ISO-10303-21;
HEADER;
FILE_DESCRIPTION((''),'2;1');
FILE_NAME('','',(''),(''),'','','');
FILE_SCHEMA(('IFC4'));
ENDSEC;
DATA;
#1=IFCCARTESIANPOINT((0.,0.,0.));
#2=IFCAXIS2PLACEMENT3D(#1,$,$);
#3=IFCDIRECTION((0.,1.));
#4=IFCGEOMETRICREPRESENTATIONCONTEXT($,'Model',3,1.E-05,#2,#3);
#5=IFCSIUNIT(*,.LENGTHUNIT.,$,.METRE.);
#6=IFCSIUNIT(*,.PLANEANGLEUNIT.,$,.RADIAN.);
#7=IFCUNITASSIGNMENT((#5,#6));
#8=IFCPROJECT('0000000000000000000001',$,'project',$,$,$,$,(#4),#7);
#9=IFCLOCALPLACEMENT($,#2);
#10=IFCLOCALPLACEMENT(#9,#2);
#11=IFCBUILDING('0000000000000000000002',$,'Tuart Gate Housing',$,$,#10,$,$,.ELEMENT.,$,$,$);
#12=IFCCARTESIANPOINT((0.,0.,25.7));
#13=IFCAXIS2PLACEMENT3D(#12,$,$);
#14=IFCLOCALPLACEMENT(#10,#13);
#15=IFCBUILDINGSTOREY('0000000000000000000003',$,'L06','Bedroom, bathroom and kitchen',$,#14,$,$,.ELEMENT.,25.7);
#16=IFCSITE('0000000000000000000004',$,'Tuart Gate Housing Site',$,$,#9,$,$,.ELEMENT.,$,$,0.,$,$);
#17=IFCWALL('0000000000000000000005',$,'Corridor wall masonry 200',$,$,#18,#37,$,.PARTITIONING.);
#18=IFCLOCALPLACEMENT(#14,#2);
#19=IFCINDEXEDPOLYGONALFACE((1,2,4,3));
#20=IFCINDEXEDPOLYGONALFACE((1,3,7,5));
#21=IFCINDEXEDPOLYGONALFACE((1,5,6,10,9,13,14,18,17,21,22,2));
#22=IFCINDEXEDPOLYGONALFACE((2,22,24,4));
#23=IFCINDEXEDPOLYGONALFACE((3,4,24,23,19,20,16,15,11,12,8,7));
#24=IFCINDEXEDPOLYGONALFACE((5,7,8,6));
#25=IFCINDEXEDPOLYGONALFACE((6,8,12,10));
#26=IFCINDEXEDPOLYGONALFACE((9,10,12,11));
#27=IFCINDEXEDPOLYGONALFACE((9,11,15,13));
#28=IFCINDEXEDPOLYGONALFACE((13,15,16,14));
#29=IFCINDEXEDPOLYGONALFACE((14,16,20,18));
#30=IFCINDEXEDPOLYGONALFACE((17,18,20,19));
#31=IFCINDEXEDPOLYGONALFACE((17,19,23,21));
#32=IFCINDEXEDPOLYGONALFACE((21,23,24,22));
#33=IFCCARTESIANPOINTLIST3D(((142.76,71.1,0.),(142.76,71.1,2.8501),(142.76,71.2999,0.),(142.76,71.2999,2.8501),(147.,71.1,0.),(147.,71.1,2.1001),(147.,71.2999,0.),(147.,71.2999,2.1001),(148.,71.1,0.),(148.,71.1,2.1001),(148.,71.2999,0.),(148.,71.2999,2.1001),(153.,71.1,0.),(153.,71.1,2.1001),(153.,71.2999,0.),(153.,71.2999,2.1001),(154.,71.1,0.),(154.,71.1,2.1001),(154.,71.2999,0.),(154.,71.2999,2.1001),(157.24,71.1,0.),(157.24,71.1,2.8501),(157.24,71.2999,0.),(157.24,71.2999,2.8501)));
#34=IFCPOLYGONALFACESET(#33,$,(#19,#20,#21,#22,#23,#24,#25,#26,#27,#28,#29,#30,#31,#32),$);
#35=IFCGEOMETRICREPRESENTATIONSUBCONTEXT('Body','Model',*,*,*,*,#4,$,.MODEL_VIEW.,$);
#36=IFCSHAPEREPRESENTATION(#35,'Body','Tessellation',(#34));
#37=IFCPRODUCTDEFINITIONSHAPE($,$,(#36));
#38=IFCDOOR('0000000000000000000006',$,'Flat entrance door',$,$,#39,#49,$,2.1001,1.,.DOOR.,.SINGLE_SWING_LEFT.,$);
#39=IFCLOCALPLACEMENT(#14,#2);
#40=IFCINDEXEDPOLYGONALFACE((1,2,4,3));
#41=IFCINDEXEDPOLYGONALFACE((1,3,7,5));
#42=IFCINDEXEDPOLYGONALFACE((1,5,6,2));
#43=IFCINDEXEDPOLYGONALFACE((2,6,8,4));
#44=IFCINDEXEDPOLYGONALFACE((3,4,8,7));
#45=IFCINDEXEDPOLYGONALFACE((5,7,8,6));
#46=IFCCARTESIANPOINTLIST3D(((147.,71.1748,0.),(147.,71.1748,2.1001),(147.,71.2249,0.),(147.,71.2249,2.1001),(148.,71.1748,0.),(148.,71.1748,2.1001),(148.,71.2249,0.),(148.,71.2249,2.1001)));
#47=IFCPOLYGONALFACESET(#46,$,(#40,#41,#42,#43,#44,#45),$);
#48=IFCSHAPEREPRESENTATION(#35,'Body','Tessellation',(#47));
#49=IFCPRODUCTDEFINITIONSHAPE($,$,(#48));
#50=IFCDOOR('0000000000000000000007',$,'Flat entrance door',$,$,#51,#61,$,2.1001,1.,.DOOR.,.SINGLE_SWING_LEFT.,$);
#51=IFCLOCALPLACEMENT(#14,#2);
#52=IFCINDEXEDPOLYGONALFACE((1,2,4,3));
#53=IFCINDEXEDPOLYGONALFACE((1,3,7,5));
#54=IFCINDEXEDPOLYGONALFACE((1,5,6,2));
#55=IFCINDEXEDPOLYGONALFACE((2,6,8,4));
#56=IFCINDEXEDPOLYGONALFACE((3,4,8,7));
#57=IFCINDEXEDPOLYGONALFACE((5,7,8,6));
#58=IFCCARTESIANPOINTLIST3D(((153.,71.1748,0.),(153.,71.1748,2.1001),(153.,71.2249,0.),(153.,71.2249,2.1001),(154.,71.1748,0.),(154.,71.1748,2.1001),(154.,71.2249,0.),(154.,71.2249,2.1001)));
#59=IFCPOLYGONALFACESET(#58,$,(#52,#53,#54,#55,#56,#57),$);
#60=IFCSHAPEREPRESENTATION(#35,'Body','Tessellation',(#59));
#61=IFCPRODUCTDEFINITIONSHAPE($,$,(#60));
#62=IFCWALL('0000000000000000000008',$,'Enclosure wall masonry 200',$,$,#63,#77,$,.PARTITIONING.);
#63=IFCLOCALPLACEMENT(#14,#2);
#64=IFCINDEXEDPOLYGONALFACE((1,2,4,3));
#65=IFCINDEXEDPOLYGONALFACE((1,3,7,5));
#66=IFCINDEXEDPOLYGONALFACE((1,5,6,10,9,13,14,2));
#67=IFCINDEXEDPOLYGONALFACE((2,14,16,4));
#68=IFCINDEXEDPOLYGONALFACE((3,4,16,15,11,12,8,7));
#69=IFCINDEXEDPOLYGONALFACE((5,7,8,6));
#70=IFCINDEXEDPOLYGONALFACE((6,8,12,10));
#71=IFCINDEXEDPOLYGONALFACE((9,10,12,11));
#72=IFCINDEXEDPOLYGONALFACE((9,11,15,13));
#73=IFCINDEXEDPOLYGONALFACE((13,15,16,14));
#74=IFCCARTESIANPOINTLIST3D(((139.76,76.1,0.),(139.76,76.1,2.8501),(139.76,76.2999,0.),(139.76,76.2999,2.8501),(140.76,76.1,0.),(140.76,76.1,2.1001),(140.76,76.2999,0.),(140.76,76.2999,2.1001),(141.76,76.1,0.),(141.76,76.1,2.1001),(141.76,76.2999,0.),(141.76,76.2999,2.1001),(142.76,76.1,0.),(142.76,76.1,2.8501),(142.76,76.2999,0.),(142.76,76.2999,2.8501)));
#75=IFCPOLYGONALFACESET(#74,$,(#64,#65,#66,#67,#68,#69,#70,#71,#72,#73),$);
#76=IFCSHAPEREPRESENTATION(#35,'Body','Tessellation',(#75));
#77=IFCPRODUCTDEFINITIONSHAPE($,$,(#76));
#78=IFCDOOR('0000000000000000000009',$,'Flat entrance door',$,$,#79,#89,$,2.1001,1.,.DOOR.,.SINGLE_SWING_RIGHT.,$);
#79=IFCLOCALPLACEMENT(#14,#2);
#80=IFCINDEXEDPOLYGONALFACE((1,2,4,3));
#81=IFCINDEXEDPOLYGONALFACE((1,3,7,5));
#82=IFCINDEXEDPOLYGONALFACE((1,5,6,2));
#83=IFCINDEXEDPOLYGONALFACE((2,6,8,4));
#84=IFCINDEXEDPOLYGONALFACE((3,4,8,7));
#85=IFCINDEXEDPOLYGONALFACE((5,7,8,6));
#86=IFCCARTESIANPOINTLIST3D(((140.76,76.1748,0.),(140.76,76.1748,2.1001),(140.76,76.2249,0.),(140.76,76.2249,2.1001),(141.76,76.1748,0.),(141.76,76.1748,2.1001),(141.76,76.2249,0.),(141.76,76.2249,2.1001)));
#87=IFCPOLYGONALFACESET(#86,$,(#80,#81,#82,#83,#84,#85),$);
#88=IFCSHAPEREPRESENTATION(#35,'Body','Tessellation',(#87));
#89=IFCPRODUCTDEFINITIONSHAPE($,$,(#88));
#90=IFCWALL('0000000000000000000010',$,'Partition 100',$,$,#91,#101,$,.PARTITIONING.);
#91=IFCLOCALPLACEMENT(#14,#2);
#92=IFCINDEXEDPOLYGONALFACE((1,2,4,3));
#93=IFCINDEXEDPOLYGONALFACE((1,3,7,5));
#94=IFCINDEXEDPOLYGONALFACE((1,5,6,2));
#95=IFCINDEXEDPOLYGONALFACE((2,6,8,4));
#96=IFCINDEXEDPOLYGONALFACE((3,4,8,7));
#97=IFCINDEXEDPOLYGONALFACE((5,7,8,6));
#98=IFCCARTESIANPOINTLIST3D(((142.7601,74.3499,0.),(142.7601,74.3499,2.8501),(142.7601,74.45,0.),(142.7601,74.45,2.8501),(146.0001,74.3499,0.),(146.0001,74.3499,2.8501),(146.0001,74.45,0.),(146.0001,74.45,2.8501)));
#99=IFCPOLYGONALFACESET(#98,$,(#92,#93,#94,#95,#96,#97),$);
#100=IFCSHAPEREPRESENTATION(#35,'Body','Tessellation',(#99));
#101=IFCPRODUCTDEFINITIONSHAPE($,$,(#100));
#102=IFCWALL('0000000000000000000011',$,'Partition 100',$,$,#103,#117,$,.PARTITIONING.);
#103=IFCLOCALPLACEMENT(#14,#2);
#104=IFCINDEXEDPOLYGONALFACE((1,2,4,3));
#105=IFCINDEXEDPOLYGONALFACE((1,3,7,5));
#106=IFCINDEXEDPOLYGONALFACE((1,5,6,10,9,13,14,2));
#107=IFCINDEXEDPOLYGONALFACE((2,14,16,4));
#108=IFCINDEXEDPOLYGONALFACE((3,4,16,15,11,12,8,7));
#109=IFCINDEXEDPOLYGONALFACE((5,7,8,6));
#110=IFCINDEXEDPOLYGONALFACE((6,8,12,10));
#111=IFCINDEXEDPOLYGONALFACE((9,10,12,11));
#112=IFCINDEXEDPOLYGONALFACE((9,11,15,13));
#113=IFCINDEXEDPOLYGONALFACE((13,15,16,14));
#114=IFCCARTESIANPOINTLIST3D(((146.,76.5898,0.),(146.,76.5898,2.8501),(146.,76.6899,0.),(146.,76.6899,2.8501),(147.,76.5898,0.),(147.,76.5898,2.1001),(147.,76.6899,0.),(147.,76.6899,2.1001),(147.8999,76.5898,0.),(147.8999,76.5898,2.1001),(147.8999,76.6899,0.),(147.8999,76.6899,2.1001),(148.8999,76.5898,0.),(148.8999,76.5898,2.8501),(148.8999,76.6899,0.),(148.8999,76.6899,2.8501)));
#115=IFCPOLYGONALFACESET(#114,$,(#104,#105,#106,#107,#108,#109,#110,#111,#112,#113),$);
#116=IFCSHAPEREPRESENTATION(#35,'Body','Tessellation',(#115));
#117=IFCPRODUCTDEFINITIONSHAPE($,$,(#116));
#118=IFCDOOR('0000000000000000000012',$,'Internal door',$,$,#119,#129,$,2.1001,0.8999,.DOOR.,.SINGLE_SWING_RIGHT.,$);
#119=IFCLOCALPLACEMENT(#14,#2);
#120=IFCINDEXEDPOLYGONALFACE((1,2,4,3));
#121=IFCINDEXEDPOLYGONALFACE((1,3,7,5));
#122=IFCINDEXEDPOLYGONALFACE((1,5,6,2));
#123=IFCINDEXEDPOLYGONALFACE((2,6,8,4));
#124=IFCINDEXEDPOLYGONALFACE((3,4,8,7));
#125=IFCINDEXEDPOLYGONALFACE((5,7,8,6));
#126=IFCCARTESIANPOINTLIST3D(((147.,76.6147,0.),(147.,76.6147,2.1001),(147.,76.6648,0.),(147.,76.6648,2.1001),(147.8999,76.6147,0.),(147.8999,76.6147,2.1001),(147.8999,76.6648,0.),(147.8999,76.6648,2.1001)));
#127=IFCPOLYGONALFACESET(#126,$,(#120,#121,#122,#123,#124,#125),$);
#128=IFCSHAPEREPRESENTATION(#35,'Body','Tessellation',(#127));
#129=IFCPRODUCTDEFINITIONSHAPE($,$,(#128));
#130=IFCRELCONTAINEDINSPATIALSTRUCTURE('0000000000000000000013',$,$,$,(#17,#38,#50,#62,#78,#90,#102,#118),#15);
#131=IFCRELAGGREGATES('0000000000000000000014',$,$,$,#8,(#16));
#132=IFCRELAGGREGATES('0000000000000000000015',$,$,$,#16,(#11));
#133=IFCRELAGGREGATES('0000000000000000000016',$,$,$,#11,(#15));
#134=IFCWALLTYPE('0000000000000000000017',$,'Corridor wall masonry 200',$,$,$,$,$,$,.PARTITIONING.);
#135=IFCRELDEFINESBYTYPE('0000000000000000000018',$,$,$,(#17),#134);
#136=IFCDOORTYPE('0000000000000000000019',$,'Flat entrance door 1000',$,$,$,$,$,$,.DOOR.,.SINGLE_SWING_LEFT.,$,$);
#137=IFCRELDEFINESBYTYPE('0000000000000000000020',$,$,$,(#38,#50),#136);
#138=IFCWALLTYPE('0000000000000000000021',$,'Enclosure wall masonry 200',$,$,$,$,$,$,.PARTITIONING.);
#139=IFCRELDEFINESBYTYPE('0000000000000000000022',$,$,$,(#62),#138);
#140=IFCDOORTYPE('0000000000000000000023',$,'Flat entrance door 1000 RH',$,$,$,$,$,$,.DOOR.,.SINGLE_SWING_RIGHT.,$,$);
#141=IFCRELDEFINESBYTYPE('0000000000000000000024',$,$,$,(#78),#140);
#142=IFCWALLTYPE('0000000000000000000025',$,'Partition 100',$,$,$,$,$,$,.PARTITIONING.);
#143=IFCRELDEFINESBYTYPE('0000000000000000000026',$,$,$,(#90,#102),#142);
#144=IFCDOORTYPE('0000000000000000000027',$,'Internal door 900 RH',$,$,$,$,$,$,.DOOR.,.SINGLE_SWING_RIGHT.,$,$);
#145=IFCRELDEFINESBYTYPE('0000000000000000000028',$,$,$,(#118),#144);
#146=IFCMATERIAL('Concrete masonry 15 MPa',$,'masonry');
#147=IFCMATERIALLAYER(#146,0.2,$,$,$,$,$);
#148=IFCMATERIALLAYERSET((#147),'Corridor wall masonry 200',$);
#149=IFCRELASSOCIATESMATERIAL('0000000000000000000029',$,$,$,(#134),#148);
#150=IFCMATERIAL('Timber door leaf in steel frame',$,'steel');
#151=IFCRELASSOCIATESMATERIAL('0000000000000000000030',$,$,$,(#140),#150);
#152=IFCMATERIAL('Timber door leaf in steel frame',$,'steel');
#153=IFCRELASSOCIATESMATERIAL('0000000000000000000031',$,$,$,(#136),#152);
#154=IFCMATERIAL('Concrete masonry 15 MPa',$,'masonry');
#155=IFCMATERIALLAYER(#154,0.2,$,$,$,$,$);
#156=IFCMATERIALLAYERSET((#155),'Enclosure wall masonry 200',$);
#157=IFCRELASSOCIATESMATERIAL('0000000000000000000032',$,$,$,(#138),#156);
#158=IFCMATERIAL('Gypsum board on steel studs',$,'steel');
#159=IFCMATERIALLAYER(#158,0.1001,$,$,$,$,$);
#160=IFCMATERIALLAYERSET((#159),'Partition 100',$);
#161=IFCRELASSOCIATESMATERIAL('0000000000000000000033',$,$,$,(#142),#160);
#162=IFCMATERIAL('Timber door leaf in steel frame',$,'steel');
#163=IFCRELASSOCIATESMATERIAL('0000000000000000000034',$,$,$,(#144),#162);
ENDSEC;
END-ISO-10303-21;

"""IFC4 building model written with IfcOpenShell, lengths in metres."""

from ifc_helpers import new_model, si_unit, direction, frame, frame_2d, origin, place, context, subcontext, project, spatial, rectangle, extrude, material, layer, layer_set, type_object, element, fill, save


model = new_model("IFC4")

# Units and contexts
model_context = context("Model", 3, precision=1e-05, world=origin(), true_north=direction((0.0, 1.0)))
body_context = subcontext(model_context, "Body", "Model", "MODEL_VIEW")
ifc_project = project(units=[si_unit("LENGTHUNIT", "METRE"), si_unit("PLANEANGLEUNIT", "RADIAN")], contexts=[model_context])

# Site, building, storey
site_placement = place(None, origin())
site = spatial("IfcSite", under=ifc_project, at=site_placement, Name="Tuart Gate Housing Site", CompositionType="ELEMENT", RefElevation=0.0)
building_placement = place(site_placement, origin())
building = spatial("IfcBuilding", under=site, at=building_placement, Name="Tuart Gate Housing", CompositionType="ELEMENT")
storey_placement = place(building_placement, frame((0.0, 0.0, 25.7)))
storey = spatial("IfcBuildingStorey", under=building, at=storey_placement, Name="L06", Description="Bedroom, bathroom and kitchen", CompositionType="ELEMENT", Elevation=25.7)

# Wall, openings, doors
ifc_material_1 = material(Name="Concrete masonry 15 MPa", Category="masonry")
ifc_layer_1 = layer(ifc_material_1, 0.2)
ifc_layer_set_1 = layer_set([ifc_layer_1], Name="Corridor wall masonry 200")
wall_type_1 = type_object("IfcWallType", Name="Corridor wall masonry 200", PredefinedType="PARTITIONING", material=ifc_layer_set_1)
ifc_material_2 = material(Name="Timber door leaf in steel frame", Category="steel")
door_type_1 = type_object("IfcDoorType", Name="Flat entrance door 1000 RH", OperationType="SINGLE_SWING_RIGHT", PredefinedType="DOOR", material=ifc_material_2)
wall_1_placement = place(storey_placement, frame((142.76, 71.2, 0.0), z_axis=(0.0, 0.0, 1.0), x_axis=(1.0, 0.0, 0.0)))
wall_1 = element("IfcWall", 1, at=wall_1_placement, inside=storey, type_object=wall_type_1, Name="Corridor wall masonry 200", PredefinedType="PARTITIONING", context=body_context, shape_type="SweptSolid", body=[
    extrude(rectangle(XDim=14.48, YDim=0.2, at=frame_2d((7.24, 0.0))), origin(), (0.0, 0.0, 1.0), 2.8501),
])
opening_1_placement = place(wall_1_placement, frame((4.24, 0.0, 0.0)))
opening_1 = element("IfcOpeningElement", 2, at=opening_1_placement, cuts=wall_1, PredefinedType="OPENING", context=body_context, shape_type="SweptSolid", body=[
    extrude(rectangle(XDim=1.0, YDim=2.1001, at=frame_2d((0.5, 1.05))), frame((0.0, 0.1099, 0.0), z_axis=(0.0, -1.0, 0.0), x_axis=(1.0, 0.0, 0.0)), (0.0, 0.0, 1.0), 0.22),
])
opening_2_placement = place(wall_1_placement, frame((10.24, 0.0, 0.0)))
opening_2 = element("IfcOpeningElement", 3, at=opening_2_placement, cuts=wall_1, PredefinedType="OPENING", context=body_context, shape_type="SweptSolid", body=[
    extrude(rectangle(XDim=1.0, YDim=2.1001, at=frame_2d((0.5, 1.05))), frame((0.0, 0.1099, 0.0), z_axis=(0.0, -1.0, 0.0), x_axis=(1.0, 0.0, 0.0)), (0.0, 0.0, 1.0), 0.22),
])
ifc_material_3 = material(Name="Timber door leaf in steel frame", Category="steel")
door_type_2 = type_object("IfcDoorType", Name="Flat entrance door 1000", OperationType="SINGLE_SWING_LEFT", PredefinedType="DOOR", material=ifc_material_3)
door_1_placement = place(opening_1_placement, origin())
door_1 = element("IfcDoor", 4, at=door_1_placement, inside=storey, type_object=door_type_2, Name="Flat entrance door", OperationType="SINGLE_SWING_LEFT", OverallHeight=2.1001, OverallWidth=1.0, PredefinedType="DOOR", context=body_context, shape_type="SweptSolid", body=[
    extrude(rectangle(XDim=1.0, YDim=2.1001, at=frame_2d((0.5, 1.05))), frame((0.0, 0.0249, 0.0), z_axis=(0.0, -1.0, 0.0), x_axis=(1.0, 0.0, 0.0)), (0.0, 0.0, 1.0), 0.05),
])
fill(opening_1, door_1)
door_2_placement = place(opening_2_placement, origin())
door_2 = element("IfcDoor", 5, at=door_2_placement, inside=storey, type_object=door_type_2, Name="Flat entrance door", OperationType="SINGLE_SWING_LEFT", OverallHeight=2.1001, OverallWidth=1.0, PredefinedType="DOOR", context=body_context, shape_type="SweptSolid", body=[
    extrude(rectangle(XDim=1.0, YDim=2.1001, at=frame_2d((0.5, 1.05))), frame((0.0, 0.0249, 0.0), z_axis=(0.0, -1.0, 0.0), x_axis=(1.0, 0.0, 0.0)), (0.0, 0.0, 1.0), 0.05),
])
fill(opening_2, door_2)

# Wall, opening, door
ifc_material_4 = material(Name="Concrete masonry 15 MPa", Category="masonry")
ifc_layer_2 = layer(ifc_material_4, 0.2)
ifc_layer_set_2 = layer_set([ifc_layer_2], Name="Enclosure wall masonry 200")
wall_type_2 = type_object("IfcWallType", Name="Enclosure wall masonry 200", PredefinedType="PARTITIONING", material=ifc_layer_set_2)
wall_2_placement = place(storey_placement, frame((139.76, 76.2, 0.0), z_axis=(0.0, 0.0, 1.0), x_axis=(1.0, 0.0, 0.0)))
wall_2 = element("IfcWall", 6, at=wall_2_placement, inside=storey, type_object=wall_type_2, Name="Enclosure wall masonry 200", PredefinedType="PARTITIONING", context=body_context, shape_type="SweptSolid", body=[
    extrude(rectangle(XDim=3.0, YDim=0.2, at=frame_2d((1.5, 0.0))), origin(), (0.0, 0.0, 1.0), 2.8501),
])
opening_3_placement = place(wall_2_placement, frame((1.0, 0.0, 0.0)))
opening_3 = element("IfcOpeningElement", 7, at=opening_3_placement, cuts=wall_2, PredefinedType="OPENING", context=body_context, shape_type="SweptSolid", body=[
    extrude(rectangle(XDim=1.0, YDim=2.1001, at=frame_2d((0.5, 1.05))), frame((0.0, 0.1099, 0.0), z_axis=(0.0, -1.0, 0.0), x_axis=(1.0, 0.0, 0.0)), (0.0, 0.0, 1.0), 0.22),
])
door_3_placement = place(opening_3_placement, origin())
door_3 = element("IfcDoor", 8, at=door_3_placement, inside=storey, type_object=door_type_1, Name="Flat entrance door", OperationType="SINGLE_SWING_RIGHT", OverallHeight=2.1001, OverallWidth=1.0, PredefinedType="DOOR", context=body_context, shape_type="SweptSolid", body=[
    extrude(rectangle(XDim=1.0, YDim=2.1001, at=frame_2d((0.5, 1.05))), frame((0.0, 0.0249, 0.0), z_axis=(0.0, -1.0, 0.0), x_axis=(1.0, 0.0, 0.0)), (0.0, 0.0, 1.0), 0.05),
])
fill(opening_3, door_3)

# Wall
ifc_material_5 = material(Name="Gypsum board on steel studs", Category="steel")
ifc_layer_3 = layer(ifc_material_5, 0.1001)
ifc_layer_set_3 = layer_set([ifc_layer_3], Name="Partition 100")
wall_type_3 = type_object("IfcWallType", Name="Partition 100", PredefinedType="PARTITIONING", material=ifc_layer_set_3)
wall_3_placement = place(storey_placement, frame((142.76, 74.3999, 0.0), z_axis=(0.0, 0.0, 1.0), x_axis=(1.0, 0.0, 0.0)))
element("IfcWall", 9, at=wall_3_placement, inside=storey, type_object=wall_type_3, Name="Partition 100", PredefinedType="PARTITIONING", context=body_context, shape_type="SweptSolid", body=[
    extrude(rectangle(XDim=3.24, YDim=0.1001, at=frame_2d((1.6201, 0.0))), origin(), (0.0, 0.0, 1.0), 2.8501),
])

# Wall, opening, door
wall_4_placement = place(storey_placement, frame((146.0, 76.6399, 0.0), z_axis=(0.0, 0.0, 1.0), x_axis=(1.0, 0.0, 0.0)))
wall_4 = element("IfcWall", 10, at=wall_4_placement, inside=storey, type_object=wall_type_3, Name="Partition 100", PredefinedType="PARTITIONING", context=body_context, shape_type="SweptSolid", body=[
    extrude(rectangle(XDim=2.8999, YDim=0.1001, at=frame_2d((1.45, 0.0))), origin(), (0.0, 0.0, 1.0), 2.8501),
])
opening_4_placement = place(wall_4_placement, frame((1.0, 0.0, 0.0)))
opening_4 = element("IfcOpeningElement", 11, at=opening_4_placement, cuts=wall_4, PredefinedType="OPENING", context=body_context, shape_type="SweptSolid", body=[
    extrude(rectangle(XDim=0.8999, YDim=2.1001, at=frame_2d((0.45, 1.05))), frame((0.0, 0.0601, 0.0), z_axis=(0.0, -1.0, 0.0), x_axis=(1.0, 0.0, 0.0)), (0.0, 0.0, 1.0), 0.1201),
])
ifc_material_6 = material(Name="Timber door leaf in steel frame", Category="steel")
door_type_3 = type_object("IfcDoorType", Name="Internal door 900 RH", OperationType="SINGLE_SWING_RIGHT", PredefinedType="DOOR", material=ifc_material_6)
door_4_placement = place(opening_4_placement, frame((0.8999, 0.0, 0.0), z_axis=(0.0, 0.0, 1.0), x_axis=(-1.0, 0.0, 0.0)))
door_4 = element("IfcDoor", 12, at=door_4_placement, inside=storey, type_object=door_type_3, Name="Internal door", OperationType="SINGLE_SWING_RIGHT", OverallHeight=2.1001, OverallWidth=0.8999, PredefinedType="DOOR", context=body_context, shape_type="SweptSolid", body=[
    extrude(rectangle(XDim=0.8999, YDim=2.1001, at=frame_2d((0.45, 1.05))), frame((0.0, 0.0251, 0.0), z_axis=(0.0, -1.0, 0.0), x_axis=(1.0, 0.0, 0.0)), (0.0, 0.0, 1.0), 0.05),
])
fill(opening_4, door_4)

save(model, "model.ifc")
